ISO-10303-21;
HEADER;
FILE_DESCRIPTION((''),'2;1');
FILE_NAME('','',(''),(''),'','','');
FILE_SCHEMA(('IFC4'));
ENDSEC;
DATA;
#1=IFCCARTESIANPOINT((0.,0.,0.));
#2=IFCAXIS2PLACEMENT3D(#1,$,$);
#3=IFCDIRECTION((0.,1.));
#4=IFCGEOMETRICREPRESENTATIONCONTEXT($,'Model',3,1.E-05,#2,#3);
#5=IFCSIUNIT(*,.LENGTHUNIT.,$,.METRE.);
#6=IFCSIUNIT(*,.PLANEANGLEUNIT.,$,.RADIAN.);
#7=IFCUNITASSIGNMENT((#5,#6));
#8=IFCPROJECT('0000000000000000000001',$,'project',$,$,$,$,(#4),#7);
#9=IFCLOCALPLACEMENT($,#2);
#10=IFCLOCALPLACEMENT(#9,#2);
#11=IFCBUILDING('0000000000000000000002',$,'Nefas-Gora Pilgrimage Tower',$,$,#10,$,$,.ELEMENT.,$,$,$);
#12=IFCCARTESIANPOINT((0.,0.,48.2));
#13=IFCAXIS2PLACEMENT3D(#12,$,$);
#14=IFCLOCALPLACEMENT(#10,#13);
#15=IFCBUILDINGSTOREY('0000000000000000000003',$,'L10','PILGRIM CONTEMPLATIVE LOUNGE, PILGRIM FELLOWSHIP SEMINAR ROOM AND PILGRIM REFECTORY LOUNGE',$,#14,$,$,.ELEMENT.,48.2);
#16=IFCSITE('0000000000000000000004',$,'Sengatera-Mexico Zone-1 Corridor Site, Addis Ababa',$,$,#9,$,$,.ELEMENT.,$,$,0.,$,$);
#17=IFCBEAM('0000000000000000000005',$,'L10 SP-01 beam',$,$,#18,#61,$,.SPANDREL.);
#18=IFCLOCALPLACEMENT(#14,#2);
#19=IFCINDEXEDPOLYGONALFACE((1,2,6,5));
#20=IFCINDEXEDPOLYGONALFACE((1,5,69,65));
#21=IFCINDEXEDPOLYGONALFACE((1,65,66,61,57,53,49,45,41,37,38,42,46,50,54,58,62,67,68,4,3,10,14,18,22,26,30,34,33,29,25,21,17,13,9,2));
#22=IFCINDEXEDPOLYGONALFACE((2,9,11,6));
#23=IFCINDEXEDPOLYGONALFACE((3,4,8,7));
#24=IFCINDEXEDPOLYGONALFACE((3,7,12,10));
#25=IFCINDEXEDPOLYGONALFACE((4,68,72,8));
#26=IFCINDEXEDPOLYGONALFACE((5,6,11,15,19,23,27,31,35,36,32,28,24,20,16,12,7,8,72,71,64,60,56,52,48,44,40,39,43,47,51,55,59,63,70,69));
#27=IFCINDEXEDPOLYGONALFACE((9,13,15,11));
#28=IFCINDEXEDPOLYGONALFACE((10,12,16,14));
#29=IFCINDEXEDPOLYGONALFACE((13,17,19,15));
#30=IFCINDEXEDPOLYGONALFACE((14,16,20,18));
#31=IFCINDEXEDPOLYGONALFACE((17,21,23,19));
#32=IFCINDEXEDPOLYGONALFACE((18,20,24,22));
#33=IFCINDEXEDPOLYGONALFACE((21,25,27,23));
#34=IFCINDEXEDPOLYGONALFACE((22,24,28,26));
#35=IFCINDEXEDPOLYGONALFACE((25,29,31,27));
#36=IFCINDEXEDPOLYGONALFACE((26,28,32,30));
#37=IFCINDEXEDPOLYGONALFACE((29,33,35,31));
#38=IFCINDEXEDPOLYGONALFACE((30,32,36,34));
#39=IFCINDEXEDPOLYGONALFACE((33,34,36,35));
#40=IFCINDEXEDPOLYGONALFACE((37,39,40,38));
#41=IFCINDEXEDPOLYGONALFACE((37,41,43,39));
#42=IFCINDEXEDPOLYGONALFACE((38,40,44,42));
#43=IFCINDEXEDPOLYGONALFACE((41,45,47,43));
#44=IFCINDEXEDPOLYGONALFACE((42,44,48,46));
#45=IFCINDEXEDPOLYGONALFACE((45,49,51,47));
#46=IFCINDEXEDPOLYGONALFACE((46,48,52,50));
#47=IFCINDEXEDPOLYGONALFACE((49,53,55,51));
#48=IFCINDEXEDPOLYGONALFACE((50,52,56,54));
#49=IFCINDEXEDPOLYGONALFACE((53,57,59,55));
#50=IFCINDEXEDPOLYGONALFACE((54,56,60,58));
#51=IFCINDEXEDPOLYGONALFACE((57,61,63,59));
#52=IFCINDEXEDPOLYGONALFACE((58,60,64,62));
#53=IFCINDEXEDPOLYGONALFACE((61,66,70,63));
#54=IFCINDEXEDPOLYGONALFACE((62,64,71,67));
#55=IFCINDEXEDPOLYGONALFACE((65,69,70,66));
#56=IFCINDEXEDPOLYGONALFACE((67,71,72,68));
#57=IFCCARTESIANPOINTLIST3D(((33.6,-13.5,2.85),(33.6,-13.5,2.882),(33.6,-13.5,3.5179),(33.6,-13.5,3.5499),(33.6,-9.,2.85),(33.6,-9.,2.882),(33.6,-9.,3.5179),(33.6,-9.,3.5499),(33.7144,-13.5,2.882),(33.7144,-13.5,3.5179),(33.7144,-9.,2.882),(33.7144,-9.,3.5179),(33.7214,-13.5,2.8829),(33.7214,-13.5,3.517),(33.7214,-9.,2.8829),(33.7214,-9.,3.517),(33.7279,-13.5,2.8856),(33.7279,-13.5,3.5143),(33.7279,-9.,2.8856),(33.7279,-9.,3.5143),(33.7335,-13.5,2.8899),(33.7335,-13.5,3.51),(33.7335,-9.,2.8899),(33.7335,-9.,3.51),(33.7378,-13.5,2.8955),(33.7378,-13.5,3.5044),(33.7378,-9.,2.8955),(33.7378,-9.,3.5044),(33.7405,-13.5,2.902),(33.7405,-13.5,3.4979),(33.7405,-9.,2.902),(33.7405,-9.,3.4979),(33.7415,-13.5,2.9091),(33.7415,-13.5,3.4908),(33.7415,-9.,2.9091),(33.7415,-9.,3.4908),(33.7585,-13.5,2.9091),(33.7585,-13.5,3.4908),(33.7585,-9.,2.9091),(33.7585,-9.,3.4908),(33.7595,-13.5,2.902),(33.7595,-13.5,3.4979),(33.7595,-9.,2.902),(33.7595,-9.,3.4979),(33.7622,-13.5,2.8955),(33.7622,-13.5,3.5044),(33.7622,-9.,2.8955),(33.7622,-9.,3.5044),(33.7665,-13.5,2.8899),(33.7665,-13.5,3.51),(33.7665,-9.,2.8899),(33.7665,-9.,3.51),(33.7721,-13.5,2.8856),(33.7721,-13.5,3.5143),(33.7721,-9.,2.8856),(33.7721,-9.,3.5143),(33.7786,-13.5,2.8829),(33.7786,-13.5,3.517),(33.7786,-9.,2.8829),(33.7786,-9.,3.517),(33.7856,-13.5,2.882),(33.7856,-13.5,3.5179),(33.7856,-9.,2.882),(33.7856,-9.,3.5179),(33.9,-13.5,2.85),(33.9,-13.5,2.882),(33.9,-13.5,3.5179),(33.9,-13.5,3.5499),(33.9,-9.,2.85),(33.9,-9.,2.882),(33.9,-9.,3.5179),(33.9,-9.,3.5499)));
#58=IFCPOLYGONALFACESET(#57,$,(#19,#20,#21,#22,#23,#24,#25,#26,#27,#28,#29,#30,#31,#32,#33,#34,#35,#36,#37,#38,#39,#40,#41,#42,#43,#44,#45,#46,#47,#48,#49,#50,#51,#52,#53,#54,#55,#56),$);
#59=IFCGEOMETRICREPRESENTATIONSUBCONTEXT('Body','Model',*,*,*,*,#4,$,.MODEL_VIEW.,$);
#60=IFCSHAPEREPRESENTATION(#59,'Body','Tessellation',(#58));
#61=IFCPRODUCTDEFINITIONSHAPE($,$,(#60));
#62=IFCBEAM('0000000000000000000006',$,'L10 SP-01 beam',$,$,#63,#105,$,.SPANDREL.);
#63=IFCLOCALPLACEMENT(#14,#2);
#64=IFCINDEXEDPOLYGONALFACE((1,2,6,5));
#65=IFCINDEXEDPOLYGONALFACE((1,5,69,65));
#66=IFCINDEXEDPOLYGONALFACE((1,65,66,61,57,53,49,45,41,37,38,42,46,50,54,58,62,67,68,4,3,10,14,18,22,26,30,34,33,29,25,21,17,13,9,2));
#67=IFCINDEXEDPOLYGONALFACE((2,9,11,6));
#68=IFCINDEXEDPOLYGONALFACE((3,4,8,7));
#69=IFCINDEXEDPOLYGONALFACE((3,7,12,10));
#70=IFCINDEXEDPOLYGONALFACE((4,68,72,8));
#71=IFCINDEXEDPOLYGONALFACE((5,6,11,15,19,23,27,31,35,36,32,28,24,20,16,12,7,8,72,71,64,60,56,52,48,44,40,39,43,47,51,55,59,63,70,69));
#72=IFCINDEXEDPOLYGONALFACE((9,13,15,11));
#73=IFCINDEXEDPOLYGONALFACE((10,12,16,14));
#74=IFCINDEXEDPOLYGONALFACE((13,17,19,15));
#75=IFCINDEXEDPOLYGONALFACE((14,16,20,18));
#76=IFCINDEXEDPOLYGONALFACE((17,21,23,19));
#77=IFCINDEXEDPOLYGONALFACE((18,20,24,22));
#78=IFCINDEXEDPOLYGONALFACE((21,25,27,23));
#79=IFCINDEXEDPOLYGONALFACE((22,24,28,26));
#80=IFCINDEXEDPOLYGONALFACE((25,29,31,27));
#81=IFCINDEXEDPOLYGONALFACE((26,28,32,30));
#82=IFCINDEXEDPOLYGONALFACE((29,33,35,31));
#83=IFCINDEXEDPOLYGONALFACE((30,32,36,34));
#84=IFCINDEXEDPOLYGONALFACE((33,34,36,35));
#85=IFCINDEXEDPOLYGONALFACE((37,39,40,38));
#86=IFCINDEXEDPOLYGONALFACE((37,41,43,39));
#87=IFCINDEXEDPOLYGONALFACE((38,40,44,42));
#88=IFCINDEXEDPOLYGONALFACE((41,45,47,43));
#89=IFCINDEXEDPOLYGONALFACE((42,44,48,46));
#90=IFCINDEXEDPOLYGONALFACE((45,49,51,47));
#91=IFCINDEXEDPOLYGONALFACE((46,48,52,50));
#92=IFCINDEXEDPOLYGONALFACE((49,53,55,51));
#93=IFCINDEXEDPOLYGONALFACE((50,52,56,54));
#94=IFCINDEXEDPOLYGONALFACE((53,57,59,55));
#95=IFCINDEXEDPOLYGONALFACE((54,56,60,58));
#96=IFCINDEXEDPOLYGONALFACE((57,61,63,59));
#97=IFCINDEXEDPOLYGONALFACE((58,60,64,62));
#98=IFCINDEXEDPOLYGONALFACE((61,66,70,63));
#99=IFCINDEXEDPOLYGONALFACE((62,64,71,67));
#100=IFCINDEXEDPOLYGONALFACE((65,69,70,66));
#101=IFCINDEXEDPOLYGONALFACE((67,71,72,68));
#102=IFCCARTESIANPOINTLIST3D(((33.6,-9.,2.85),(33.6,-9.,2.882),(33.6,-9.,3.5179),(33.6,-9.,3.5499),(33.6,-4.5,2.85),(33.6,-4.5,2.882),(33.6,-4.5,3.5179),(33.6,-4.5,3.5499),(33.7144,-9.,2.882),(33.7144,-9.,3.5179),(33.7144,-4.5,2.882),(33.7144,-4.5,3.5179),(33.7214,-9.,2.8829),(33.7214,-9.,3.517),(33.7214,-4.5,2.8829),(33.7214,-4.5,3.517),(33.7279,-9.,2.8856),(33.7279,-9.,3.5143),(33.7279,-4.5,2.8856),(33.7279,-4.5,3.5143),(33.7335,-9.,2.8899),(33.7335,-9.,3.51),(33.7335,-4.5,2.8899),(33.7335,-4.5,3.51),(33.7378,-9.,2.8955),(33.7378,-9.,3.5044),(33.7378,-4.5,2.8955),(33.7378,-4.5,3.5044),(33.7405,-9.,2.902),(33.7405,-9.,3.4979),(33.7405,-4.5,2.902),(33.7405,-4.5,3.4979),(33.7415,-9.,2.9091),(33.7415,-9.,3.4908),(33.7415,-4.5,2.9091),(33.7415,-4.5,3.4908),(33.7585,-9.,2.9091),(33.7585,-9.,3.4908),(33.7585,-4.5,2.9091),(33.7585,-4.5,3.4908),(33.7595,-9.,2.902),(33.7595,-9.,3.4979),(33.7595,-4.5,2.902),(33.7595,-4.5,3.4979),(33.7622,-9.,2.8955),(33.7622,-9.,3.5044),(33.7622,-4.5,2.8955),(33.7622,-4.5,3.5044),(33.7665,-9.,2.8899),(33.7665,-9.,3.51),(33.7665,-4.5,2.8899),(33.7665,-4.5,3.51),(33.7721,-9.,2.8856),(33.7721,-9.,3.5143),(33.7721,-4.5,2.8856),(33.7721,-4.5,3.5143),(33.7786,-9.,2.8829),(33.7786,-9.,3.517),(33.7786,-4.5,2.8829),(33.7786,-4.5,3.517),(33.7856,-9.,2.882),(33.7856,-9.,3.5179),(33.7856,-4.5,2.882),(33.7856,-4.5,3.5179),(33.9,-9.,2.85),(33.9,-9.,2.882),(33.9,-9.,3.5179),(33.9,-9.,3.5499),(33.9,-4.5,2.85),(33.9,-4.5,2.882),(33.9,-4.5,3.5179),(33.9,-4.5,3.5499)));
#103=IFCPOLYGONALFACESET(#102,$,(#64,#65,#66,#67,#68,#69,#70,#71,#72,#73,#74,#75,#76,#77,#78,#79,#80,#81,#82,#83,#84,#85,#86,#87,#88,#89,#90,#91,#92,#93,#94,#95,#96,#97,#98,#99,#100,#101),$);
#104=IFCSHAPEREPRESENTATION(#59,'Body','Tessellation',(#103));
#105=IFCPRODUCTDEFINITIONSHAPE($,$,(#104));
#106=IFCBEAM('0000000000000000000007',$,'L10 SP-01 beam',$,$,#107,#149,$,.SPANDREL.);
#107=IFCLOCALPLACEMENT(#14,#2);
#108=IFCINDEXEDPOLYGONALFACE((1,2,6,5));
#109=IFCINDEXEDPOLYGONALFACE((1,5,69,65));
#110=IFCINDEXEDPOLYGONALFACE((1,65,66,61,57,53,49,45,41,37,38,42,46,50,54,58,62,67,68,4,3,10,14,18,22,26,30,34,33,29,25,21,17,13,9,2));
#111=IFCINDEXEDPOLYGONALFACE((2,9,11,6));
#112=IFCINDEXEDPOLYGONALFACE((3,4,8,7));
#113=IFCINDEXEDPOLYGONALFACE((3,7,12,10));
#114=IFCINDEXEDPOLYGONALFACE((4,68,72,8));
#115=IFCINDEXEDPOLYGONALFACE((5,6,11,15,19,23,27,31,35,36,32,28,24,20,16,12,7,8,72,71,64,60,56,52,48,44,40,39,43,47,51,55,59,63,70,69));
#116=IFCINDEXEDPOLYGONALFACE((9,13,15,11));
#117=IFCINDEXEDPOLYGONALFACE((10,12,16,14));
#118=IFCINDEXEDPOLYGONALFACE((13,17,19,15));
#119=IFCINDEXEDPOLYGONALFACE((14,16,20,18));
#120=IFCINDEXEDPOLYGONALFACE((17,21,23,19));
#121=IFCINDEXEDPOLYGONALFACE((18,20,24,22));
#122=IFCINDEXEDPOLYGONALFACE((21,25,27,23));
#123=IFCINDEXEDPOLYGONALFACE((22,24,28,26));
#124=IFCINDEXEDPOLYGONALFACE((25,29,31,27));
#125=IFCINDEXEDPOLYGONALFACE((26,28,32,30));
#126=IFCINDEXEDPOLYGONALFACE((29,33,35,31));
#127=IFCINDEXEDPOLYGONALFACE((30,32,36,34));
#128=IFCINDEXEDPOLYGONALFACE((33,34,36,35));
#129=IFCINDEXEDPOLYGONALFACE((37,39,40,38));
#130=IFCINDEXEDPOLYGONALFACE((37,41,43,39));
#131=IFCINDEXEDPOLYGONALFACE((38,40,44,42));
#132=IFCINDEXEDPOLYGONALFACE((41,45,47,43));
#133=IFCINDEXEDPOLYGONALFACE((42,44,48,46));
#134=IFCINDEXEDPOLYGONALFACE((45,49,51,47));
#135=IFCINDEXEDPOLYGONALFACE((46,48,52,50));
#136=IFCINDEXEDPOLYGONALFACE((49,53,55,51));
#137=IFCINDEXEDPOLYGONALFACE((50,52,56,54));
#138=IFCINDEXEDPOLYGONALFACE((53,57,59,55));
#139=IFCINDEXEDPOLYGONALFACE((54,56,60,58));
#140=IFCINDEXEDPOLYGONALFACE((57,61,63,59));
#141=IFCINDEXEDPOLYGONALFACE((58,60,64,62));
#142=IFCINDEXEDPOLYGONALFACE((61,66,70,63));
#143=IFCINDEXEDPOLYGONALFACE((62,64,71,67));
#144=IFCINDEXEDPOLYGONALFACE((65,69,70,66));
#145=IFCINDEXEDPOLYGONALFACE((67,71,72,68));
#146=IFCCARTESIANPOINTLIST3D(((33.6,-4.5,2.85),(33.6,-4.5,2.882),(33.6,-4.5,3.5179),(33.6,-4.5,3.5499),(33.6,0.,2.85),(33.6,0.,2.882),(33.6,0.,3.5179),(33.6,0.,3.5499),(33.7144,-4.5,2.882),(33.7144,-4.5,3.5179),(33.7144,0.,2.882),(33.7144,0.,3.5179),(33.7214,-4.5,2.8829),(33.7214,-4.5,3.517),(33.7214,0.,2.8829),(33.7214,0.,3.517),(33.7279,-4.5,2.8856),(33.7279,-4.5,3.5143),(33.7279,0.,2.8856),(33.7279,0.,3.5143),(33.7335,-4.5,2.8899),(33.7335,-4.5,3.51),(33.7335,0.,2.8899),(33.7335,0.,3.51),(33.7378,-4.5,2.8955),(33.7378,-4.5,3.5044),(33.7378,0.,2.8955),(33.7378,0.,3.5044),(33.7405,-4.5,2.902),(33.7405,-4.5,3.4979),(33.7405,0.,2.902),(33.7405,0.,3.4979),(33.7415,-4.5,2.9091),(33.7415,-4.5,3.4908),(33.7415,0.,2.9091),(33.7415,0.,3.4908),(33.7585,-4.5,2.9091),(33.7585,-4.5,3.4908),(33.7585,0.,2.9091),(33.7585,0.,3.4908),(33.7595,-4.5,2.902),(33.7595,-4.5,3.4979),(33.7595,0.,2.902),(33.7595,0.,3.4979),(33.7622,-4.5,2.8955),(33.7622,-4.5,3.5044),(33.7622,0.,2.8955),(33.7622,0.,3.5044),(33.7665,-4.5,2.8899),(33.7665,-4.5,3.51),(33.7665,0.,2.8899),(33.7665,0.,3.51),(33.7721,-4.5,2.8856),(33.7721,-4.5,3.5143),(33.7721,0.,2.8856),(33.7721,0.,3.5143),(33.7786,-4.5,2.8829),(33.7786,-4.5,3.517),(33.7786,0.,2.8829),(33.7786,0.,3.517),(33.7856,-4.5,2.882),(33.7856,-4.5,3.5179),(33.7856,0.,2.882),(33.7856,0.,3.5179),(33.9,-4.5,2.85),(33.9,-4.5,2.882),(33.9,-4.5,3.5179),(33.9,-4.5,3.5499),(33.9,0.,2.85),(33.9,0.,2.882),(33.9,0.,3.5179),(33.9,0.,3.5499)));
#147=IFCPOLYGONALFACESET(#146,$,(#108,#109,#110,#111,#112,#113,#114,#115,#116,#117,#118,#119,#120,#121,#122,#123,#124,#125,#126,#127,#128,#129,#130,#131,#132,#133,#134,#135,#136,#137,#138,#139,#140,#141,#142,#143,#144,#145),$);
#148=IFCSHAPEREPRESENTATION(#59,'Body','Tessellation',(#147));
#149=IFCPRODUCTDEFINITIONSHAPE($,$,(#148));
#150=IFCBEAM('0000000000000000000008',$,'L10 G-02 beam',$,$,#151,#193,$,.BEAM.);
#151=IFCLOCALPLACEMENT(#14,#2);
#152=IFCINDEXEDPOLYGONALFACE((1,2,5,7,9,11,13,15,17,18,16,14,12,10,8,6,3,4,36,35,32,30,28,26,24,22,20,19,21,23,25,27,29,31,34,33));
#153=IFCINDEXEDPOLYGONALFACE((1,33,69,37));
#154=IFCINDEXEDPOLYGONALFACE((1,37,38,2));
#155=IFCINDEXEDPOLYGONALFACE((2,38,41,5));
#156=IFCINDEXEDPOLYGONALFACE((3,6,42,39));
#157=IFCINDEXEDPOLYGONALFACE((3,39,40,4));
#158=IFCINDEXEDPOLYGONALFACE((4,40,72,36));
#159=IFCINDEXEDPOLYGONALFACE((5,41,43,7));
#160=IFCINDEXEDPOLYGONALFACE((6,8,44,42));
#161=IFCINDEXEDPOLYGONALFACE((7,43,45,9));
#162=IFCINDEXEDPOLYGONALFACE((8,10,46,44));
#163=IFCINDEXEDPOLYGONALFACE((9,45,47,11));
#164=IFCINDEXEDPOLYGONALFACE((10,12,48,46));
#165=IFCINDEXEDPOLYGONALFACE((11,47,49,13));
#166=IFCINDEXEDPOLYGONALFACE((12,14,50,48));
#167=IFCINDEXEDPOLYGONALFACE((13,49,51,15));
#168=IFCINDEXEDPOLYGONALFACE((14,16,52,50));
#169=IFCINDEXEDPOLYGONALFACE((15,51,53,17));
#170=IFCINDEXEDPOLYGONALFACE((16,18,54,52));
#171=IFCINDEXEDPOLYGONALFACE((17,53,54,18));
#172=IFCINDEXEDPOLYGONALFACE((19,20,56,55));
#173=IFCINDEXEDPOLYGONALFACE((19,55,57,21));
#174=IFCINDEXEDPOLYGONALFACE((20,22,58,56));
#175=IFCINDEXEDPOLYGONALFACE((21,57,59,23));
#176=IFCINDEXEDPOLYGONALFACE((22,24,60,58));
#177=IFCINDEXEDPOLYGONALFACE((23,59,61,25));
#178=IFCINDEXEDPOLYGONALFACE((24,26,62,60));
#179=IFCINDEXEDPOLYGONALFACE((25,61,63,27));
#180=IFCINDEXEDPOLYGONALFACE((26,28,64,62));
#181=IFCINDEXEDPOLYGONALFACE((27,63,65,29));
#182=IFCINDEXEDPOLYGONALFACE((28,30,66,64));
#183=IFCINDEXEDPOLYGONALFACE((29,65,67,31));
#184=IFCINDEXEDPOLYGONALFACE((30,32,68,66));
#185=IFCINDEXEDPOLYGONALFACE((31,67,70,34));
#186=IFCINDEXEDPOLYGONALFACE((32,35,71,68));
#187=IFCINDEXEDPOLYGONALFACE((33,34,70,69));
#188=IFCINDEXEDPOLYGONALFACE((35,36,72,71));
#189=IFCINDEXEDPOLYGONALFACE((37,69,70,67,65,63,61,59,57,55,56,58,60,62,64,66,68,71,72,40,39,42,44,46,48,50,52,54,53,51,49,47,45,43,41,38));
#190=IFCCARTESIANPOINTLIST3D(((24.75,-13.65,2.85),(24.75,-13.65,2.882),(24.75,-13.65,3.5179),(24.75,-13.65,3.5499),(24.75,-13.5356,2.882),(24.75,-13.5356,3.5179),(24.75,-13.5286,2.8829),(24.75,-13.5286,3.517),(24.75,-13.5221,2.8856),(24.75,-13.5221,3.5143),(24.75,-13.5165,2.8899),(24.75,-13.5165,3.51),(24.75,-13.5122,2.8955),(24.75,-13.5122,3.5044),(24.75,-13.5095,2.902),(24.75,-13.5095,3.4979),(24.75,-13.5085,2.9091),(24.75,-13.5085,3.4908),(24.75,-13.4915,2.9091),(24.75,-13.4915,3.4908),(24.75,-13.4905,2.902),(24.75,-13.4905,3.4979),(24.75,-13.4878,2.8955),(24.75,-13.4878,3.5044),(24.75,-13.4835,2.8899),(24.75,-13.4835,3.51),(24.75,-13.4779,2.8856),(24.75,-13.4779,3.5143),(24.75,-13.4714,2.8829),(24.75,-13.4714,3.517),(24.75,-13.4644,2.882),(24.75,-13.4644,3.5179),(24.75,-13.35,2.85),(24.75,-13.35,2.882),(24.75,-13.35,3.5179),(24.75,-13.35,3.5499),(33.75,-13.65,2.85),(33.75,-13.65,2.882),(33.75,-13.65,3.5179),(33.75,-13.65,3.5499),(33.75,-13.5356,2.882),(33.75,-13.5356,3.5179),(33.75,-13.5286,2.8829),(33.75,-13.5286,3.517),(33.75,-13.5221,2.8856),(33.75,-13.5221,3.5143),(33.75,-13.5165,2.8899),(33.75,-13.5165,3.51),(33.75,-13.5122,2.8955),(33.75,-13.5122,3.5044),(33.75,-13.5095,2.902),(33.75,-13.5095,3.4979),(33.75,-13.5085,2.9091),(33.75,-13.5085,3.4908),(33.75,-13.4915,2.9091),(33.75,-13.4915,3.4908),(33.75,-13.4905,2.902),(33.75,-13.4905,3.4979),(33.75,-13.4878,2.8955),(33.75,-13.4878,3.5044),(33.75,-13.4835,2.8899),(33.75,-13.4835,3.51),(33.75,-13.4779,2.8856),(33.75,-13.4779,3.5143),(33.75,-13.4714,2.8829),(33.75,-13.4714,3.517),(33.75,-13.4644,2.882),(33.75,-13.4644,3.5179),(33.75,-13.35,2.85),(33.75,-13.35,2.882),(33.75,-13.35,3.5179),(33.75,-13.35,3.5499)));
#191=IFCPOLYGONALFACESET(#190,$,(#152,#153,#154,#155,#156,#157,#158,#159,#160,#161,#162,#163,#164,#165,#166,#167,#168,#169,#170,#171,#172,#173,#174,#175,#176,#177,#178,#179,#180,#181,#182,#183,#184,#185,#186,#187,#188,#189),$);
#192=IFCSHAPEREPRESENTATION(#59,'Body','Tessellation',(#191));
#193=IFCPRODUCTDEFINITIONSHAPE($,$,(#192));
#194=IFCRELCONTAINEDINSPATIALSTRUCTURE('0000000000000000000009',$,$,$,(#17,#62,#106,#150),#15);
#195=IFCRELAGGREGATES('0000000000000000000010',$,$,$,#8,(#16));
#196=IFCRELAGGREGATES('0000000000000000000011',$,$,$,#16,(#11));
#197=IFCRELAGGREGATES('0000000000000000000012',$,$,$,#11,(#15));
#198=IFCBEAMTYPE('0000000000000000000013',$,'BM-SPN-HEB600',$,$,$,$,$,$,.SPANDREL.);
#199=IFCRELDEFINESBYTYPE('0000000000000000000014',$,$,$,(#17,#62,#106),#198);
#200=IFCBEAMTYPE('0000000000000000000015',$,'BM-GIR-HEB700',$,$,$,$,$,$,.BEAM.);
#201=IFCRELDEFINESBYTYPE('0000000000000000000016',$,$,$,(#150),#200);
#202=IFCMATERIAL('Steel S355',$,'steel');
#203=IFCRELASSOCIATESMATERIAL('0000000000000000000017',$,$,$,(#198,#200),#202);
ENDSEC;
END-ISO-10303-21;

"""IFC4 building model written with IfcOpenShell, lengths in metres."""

from ifc_helpers import new_model, si_unit, direction, frame, origin, origin_2d, place, context, subcontext, project, spatial, i_section, extrude, source, transform, mapped, material, material_profile, profile_set, type_object, element, save


model = new_model("IFC4")

# Units and contexts
model_context = context("Model", 3, precision=1e-05, world=origin(), true_north=direction((0.0, 1.0)))
body_context = subcontext(model_context, "Body", "Model", "MODEL_VIEW")
ifc_project = project(units=[si_unit("LENGTHUNIT", "METRE"), si_unit("PLANEANGLEUNIT", "RADIAN")], contexts=[model_context])

# Site, building, storey
site_placement = place(None, origin())
site = spatial("IfcSite", under=ifc_project, at=site_placement, Name="Sengatera-Mexico Zone-1 Corridor Site, Addis Ababa", CompositionType="ELEMENT", RefElevation=0.0)
building_placement = place(site_placement, origin())
building = spatial("IfcBuilding", under=site, at=building_placement, Name="Nefas-Gora Pilgrimage Tower", CompositionType="ELEMENT")
storey_placement = place(building_placement, frame((0.0, 0.0, 48.2)))
storey = spatial("IfcBuildingStorey", under=building, at=storey_placement, Name="L10", Description="PILGRIM CONTEMPLATIVE LOUNGE, PILGRIM FELLOWSHIP SEMINAR ROOM AND PILGRIM REFECTORY LOUNGE", CompositionType="ELEMENT", Elevation=48.2)

# Beams
ifc_material_1 = material(Name="Steel S355", Category="steel")
ifc_material_profile_1 = material_profile(ifc_material_1, i_section(OverallWidth=0.3, OverallDepth=0.7, WebThickness=0.0171, FlangeThickness=0.032, FilletRadius=0.0271, at=origin_2d()), Name="HEB 700")
ifc_profile_set_1 = profile_set([ifc_material_profile_1], Name="Steel S355")
beam_type_1 = type_object("IfcBeamType", Name="BM-SPN-HEB600", PredefinedType="SPANDREL", material=ifc_profile_set_1)
shared_shape_1 = source(origin(), body_context, "Body", "SweptSolid", [
    extrude(i_section(OverallWidth=0.3, OverallDepth=0.7, WebThickness=0.0171, FlangeThickness=0.032, FilletRadius=0.0271, at=origin_2d()), origin(), (0.0, 0.0, 1.0), 4.5),
])
for number, where, z_axis, x_axis, name in (
    (1, (33.75, -13.5, 3.2), (0.0, 1.0, 0.0), (-1.0, 0.0, 0.0), "L10 SP-01 beam"),
    (2, (33.75, -9.0, 3.2), (0.0, 1.0, 0.0), (-1.0, 0.0, 0.0), "L10 SP-01 beam"),
    (3, (33.75, -4.5, 3.2), (0.0, 1.0, 0.0), (-1.0, 0.0, 0.0), "L10 SP-01 beam"),
):
    element("IfcBeam", number, at=place(storey_placement, frame(where, z_axis=z_axis, x_axis=x_axis)), inside=storey, type_object=beam_type_1, Name=name, PredefinedType="SPANDREL", context=body_context, shape_type="MappedRepresentation", body=[
        mapped(shared_shape_1, transform((0.0, 0.0, 0.0), x_axis=(1.0, 0.0, 0.0), y_axis=(0.0, 1.0, 0.0), z_axis=(0.0, 0.0, 1.0), scale=1.0)),
    ])
ifc_material_profile_2 = material_profile(ifc_material_1, i_section(OverallWidth=0.3, OverallDepth=0.7, WebThickness=0.0171, FlangeThickness=0.032, FilletRadius=0.0271, at=origin_2d()), Name="HEB 700")
ifc_profile_set_2 = profile_set([ifc_material_profile_2], Name="Steel S355")
beam_type_2 = type_object("IfcBeamType", Name="BM-GIR-HEB700", PredefinedType="BEAM", material=ifc_profile_set_2)
shared_shape_2 = source(origin(), body_context, "Body", "SweptSolid", [
    extrude(i_section(OverallWidth=0.3, OverallDepth=0.7, WebThickness=0.0171, FlangeThickness=0.032, FilletRadius=0.0271, at=origin_2d()), origin(), (0.0, 0.0, 1.0), 9.0),
])
for number, where, z_axis, x_axis, name in (
    (4, (24.75, -13.5, 3.2), (1.0, 0.0, 0.0), (0.0, 1.0, 0.0), "L10 G-02 beam"),
):
    element("IfcBeam", number, at=place(storey_placement, frame(where, z_axis=z_axis, x_axis=x_axis)), inside=storey, type_object=beam_type_2, Name=name, PredefinedType="BEAM", context=body_context, shape_type="MappedRepresentation", body=[
        mapped(shared_shape_2, transform((0.0, 0.0, 0.0), x_axis=(1.0, 0.0, 0.0), y_axis=(0.0, 1.0, 0.0), z_axis=(0.0, 0.0, 1.0), scale=1.0)),
    ])

save(model, "model.ifc")
